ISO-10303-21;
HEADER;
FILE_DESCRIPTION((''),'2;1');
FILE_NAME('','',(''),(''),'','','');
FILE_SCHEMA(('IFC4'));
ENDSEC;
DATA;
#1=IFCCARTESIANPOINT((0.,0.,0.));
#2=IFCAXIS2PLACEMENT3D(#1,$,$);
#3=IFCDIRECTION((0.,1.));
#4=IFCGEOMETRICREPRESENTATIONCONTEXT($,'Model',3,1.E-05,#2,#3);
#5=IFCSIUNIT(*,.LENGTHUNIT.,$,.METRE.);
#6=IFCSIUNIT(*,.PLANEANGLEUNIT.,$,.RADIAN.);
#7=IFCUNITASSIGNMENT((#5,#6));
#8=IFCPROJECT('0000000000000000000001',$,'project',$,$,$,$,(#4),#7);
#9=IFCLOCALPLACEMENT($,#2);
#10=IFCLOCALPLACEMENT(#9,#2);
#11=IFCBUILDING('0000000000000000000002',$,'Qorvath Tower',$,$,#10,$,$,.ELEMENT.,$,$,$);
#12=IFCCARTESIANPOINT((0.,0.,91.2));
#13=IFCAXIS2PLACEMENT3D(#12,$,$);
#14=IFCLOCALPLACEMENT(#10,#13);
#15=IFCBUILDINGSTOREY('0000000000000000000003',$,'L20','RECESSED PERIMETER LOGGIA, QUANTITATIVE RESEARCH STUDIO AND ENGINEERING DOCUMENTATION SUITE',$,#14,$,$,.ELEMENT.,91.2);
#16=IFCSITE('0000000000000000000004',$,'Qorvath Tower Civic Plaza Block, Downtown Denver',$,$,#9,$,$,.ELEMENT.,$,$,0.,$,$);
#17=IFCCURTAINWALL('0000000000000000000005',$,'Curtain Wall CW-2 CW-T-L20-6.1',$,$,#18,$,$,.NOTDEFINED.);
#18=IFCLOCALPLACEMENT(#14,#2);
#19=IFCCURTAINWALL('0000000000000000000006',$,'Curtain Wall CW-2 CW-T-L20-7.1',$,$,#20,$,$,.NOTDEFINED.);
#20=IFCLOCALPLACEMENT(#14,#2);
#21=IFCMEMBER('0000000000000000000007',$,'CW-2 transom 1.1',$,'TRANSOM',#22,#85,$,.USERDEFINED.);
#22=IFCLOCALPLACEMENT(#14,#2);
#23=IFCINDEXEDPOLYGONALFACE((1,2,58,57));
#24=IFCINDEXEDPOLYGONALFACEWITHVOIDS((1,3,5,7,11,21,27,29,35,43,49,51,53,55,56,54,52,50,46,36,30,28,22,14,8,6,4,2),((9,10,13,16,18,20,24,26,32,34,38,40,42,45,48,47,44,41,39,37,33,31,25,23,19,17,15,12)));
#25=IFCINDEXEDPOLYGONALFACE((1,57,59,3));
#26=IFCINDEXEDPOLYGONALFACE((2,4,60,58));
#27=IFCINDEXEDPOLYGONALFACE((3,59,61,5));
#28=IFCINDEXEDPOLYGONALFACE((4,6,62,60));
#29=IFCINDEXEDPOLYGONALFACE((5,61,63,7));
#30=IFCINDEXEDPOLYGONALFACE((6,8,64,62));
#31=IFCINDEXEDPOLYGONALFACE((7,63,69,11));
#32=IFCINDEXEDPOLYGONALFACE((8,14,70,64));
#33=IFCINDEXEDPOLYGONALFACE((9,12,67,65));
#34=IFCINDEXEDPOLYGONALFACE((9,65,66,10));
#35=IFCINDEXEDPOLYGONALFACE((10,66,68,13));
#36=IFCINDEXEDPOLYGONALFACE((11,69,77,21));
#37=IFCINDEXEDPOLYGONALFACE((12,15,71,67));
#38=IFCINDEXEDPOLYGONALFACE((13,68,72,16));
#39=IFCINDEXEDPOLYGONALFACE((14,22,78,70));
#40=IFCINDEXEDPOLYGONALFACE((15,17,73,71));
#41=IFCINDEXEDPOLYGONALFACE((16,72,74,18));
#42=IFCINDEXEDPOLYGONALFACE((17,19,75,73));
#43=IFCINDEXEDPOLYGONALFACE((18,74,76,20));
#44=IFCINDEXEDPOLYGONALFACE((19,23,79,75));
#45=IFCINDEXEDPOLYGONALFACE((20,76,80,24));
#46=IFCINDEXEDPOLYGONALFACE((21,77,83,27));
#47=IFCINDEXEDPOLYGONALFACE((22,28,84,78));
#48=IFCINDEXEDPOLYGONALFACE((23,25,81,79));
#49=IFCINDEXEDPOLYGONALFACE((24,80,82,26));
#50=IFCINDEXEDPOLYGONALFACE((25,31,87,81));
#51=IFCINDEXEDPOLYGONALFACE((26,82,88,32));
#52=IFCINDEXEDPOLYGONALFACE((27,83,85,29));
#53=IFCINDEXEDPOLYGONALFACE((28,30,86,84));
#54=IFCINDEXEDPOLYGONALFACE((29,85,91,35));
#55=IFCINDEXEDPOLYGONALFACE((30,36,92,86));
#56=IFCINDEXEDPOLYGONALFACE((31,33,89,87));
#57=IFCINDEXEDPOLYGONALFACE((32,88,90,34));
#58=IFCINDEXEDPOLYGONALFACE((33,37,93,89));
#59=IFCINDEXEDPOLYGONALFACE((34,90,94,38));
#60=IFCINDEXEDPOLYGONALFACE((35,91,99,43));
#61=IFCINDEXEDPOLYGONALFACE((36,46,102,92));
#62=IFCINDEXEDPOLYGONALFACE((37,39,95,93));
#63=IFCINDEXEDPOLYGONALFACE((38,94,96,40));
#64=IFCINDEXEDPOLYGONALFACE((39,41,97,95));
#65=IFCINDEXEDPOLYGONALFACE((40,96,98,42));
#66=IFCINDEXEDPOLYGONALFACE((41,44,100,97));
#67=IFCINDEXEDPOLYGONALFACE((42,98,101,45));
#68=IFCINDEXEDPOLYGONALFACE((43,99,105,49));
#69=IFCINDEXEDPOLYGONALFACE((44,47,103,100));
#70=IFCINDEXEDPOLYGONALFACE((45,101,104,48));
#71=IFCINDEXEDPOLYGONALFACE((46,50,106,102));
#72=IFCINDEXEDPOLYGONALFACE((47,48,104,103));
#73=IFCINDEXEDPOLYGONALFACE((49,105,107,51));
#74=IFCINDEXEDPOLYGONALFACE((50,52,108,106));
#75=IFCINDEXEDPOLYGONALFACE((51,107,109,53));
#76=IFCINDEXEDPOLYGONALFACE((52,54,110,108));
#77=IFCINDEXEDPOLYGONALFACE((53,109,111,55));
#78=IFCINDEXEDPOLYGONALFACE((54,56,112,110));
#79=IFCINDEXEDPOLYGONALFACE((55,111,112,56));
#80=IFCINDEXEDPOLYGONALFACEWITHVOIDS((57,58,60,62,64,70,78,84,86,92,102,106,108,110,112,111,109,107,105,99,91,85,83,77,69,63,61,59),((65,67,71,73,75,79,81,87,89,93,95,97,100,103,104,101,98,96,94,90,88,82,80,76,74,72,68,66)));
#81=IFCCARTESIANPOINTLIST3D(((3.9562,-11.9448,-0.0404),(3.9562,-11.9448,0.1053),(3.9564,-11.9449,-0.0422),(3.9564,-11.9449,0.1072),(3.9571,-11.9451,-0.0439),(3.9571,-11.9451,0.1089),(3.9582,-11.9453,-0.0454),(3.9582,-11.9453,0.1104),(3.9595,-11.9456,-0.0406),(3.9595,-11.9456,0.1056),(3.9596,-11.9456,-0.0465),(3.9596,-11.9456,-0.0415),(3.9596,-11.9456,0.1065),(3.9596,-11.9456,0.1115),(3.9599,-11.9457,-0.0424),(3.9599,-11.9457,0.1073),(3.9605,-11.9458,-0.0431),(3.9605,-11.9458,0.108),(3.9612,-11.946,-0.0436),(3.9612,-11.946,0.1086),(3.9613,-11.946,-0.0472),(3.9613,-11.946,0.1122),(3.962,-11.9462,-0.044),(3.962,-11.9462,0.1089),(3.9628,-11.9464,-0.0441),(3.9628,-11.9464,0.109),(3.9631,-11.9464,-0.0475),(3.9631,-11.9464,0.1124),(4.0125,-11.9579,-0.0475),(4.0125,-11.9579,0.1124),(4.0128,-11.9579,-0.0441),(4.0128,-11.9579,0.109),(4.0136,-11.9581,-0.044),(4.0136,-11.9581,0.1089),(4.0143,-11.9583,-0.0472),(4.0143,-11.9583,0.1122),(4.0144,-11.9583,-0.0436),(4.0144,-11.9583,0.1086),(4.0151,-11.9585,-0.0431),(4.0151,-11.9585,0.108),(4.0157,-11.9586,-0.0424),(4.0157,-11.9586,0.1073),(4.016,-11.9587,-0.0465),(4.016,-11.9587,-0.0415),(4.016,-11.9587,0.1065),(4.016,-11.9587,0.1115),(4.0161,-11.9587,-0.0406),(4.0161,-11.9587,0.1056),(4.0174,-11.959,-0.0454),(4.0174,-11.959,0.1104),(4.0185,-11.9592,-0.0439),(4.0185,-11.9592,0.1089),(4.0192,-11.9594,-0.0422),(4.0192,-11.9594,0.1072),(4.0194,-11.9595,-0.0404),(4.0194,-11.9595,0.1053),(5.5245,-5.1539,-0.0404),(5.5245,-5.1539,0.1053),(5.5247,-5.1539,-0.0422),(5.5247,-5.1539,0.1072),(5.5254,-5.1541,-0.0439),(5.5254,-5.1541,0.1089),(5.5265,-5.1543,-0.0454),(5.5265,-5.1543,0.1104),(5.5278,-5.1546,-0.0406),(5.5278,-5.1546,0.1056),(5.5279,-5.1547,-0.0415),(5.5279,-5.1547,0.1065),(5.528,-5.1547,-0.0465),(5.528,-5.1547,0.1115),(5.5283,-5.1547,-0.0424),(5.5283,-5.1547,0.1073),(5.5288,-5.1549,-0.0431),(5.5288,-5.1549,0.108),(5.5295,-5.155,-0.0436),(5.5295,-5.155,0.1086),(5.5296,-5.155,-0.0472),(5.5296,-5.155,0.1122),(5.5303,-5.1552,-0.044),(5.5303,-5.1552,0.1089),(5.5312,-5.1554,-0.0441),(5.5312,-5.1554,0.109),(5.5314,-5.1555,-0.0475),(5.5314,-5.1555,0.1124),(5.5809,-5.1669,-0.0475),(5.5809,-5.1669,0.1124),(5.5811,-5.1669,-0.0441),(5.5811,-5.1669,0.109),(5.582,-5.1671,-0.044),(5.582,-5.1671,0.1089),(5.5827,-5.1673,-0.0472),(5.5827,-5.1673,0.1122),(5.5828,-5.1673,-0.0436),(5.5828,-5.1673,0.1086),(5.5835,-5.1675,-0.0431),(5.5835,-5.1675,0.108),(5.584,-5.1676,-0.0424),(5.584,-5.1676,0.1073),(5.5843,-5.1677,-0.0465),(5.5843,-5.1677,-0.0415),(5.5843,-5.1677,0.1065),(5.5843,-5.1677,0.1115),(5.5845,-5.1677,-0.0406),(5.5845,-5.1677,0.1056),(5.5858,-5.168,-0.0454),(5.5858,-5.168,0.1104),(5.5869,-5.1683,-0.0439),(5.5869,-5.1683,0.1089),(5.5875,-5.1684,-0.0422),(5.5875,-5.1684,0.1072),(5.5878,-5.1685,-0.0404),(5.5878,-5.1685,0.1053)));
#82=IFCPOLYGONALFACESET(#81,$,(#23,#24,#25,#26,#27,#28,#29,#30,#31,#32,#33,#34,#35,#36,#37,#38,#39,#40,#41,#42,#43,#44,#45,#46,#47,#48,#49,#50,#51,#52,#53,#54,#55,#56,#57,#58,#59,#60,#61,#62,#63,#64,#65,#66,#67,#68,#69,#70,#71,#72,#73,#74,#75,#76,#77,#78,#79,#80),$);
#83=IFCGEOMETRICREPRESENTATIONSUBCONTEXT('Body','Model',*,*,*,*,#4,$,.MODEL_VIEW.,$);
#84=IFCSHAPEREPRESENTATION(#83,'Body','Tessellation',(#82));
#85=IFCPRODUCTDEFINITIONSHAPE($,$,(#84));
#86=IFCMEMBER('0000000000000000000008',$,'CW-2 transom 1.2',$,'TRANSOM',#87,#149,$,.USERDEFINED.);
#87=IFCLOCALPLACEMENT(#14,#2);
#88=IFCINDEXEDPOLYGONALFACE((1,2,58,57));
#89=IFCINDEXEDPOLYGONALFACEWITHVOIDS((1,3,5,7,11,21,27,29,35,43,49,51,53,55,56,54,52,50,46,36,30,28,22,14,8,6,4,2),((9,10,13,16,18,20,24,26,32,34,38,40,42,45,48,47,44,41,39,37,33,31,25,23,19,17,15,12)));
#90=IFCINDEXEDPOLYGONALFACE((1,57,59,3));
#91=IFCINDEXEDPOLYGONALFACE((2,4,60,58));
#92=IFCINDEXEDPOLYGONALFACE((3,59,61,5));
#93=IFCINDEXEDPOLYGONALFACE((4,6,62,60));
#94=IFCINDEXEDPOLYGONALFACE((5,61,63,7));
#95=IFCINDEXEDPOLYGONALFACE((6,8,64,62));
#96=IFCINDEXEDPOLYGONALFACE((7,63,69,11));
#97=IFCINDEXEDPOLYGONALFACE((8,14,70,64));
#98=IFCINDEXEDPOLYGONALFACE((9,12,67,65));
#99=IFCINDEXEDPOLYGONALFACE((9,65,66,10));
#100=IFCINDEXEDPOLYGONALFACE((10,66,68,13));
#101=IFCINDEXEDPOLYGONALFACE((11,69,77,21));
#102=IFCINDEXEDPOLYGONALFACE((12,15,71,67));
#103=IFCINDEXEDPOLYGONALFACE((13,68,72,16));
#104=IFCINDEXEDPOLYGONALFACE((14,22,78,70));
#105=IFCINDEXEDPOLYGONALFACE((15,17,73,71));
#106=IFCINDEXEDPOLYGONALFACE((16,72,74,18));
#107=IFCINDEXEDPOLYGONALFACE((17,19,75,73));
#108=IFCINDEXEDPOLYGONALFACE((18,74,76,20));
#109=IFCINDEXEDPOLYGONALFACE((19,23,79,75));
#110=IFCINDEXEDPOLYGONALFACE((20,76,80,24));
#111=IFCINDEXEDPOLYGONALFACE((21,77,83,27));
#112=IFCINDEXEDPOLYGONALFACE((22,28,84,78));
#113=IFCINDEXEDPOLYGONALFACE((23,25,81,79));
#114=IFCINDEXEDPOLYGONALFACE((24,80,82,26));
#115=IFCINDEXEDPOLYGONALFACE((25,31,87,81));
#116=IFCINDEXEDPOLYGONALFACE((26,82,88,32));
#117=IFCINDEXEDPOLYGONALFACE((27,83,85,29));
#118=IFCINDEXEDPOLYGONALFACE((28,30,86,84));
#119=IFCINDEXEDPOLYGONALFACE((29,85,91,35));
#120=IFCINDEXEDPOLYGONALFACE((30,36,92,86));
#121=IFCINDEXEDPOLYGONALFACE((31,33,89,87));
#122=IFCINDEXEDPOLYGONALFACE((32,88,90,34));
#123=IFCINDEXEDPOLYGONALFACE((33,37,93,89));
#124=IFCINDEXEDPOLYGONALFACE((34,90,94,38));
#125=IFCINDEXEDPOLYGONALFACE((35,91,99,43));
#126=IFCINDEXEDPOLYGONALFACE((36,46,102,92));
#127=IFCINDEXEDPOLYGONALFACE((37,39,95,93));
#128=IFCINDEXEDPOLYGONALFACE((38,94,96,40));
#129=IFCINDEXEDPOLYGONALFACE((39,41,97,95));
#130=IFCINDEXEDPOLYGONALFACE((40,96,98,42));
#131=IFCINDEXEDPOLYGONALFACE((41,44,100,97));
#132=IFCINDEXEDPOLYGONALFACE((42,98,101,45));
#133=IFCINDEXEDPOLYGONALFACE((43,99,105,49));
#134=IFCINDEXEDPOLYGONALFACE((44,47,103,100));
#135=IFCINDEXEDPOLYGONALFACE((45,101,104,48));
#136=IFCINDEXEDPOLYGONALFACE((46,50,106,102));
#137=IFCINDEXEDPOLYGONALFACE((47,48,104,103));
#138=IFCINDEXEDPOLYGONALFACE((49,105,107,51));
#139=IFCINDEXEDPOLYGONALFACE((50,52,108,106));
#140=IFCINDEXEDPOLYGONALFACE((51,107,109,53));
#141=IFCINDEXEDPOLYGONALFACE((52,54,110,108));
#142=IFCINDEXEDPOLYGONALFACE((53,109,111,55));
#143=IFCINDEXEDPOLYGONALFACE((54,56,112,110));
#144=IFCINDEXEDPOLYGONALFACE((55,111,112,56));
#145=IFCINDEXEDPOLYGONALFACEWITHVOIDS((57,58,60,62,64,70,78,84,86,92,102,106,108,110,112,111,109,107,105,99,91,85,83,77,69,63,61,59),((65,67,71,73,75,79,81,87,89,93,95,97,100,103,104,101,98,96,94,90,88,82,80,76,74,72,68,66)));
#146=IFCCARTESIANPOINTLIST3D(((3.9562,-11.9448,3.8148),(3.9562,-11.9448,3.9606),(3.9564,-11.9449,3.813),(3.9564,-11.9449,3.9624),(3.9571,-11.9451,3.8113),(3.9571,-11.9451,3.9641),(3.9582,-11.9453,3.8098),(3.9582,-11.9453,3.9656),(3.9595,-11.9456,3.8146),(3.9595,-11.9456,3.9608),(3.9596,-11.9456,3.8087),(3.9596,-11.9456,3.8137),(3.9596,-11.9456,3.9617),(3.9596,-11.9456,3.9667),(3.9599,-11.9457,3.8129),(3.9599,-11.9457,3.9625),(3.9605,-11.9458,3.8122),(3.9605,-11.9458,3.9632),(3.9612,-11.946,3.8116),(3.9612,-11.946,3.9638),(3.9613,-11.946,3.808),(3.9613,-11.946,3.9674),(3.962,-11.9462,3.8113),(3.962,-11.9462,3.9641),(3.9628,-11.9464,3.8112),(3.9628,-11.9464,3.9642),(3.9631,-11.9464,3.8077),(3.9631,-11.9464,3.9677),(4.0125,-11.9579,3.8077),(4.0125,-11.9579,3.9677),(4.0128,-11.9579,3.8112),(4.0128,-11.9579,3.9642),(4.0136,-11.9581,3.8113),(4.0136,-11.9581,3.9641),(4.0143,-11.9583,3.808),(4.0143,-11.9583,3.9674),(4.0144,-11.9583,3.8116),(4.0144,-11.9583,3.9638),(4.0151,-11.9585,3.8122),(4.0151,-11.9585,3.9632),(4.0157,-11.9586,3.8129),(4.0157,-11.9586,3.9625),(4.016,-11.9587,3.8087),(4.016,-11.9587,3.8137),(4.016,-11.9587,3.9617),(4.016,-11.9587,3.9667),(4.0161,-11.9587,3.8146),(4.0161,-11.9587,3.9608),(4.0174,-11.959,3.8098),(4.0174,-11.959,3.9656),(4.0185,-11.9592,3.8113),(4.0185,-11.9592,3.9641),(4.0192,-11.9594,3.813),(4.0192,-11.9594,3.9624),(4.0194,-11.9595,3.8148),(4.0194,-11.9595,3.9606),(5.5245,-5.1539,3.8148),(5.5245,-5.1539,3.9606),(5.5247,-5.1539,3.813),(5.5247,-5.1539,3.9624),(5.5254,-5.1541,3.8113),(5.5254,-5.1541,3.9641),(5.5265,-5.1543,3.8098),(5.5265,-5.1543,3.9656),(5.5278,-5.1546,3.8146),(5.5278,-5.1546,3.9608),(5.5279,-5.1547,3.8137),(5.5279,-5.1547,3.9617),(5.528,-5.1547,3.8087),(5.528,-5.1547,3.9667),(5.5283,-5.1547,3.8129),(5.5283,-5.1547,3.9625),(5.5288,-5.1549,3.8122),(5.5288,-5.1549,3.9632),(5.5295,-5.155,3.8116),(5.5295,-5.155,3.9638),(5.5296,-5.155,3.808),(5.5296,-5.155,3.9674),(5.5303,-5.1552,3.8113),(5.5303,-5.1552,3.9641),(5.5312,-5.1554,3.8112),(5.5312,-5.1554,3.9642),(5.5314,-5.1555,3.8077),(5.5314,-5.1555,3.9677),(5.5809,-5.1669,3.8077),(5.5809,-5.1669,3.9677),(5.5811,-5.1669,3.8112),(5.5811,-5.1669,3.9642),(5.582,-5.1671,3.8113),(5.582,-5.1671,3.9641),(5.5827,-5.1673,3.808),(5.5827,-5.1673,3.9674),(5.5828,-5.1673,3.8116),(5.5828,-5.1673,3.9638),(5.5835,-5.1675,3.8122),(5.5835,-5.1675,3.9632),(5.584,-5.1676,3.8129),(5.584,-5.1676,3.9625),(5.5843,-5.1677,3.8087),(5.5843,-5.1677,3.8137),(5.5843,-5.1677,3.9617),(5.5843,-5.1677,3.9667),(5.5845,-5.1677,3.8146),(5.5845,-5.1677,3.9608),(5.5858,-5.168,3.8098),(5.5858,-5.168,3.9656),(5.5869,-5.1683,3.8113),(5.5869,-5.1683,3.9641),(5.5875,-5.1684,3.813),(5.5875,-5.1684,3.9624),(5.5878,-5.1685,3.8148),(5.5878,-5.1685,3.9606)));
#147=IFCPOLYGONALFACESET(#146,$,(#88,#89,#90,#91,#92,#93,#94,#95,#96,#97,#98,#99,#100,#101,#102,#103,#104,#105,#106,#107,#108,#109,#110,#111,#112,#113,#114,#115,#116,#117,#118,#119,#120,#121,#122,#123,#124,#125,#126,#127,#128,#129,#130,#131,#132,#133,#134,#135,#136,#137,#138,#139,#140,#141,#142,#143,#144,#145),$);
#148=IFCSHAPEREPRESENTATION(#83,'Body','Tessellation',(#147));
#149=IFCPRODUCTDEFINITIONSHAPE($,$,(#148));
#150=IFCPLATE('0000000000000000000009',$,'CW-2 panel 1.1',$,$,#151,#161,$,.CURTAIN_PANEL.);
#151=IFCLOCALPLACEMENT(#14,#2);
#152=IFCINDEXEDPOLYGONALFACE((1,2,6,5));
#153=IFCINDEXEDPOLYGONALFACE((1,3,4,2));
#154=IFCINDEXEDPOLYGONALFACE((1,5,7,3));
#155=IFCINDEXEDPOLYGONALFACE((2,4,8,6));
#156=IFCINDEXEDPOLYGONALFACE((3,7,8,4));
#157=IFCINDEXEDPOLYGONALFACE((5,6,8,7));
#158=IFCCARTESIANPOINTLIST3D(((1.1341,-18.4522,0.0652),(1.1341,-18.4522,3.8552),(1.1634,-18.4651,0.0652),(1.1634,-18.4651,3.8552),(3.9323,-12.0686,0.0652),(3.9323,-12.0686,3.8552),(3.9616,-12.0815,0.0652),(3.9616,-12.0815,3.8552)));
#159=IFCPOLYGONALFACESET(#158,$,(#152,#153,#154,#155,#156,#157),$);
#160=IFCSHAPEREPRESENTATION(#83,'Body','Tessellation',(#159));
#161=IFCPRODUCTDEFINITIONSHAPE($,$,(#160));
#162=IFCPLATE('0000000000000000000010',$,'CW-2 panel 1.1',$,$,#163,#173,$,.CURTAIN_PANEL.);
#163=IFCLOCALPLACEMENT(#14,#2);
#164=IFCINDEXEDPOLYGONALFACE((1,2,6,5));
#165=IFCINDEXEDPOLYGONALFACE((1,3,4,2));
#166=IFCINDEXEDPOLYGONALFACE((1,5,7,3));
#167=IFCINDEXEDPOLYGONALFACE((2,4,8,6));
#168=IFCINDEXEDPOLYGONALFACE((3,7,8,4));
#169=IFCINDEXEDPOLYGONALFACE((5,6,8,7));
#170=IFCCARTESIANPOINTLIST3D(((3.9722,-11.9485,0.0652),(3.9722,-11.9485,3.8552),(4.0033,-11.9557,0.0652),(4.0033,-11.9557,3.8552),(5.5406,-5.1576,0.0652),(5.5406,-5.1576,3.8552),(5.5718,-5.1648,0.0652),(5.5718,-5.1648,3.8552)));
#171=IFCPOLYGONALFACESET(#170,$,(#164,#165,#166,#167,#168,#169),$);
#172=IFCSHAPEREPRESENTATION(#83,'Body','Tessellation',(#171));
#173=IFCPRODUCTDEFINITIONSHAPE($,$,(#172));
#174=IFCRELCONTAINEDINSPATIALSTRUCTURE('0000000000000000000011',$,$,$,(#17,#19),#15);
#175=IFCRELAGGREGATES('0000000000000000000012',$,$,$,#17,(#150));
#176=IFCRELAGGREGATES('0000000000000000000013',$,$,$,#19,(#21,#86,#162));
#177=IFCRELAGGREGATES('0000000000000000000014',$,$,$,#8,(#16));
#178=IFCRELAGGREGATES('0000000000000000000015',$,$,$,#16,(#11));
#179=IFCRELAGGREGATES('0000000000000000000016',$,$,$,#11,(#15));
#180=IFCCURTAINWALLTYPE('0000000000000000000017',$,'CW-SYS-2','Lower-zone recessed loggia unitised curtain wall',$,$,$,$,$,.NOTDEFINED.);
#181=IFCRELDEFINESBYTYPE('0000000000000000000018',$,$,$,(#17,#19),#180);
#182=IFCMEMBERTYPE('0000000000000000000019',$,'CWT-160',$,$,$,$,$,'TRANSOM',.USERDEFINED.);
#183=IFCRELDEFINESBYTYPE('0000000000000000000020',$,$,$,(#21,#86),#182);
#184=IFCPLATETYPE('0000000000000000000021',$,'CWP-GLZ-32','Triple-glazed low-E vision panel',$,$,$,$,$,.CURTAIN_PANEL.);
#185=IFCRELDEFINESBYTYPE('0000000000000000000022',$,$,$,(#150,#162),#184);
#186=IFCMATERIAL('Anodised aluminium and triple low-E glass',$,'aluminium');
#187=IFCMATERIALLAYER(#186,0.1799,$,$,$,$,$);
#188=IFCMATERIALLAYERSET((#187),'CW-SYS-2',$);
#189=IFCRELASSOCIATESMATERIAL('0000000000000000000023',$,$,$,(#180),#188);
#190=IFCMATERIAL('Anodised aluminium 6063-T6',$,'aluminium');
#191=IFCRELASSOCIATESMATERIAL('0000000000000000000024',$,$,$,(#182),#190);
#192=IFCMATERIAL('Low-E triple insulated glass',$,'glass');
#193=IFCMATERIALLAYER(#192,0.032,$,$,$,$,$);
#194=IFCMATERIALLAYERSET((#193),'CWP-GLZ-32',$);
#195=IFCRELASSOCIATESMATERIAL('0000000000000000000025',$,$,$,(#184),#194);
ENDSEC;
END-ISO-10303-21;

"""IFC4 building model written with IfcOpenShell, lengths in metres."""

from ifc_helpers import new_model, si_unit, direction, frame, origin, origin_2d, place, context, subcontext, project, spatial, rectangle, hollow_rectangle, extrude, material, layer, layer_set, material_profile, profile_set, type_object, element, aggregate, save


model = new_model("IFC4")

# Units and contexts
model_context = context("Model", 3, precision=1e-05, world=origin(), true_north=direction((0.0, 1.0)))
body_context = subcontext(model_context, "Body", "Model", "MODEL_VIEW")
ifc_project = project(units=[si_unit("LENGTHUNIT", "METRE"), si_unit("PLANEANGLEUNIT", "RADIAN")], contexts=[model_context])

# Site, building, storey
site_placement = place(None, origin())
site = spatial("IfcSite", under=ifc_project, at=site_placement, Name="Qorvath Tower Civic Plaza Block, Downtown Denver", CompositionType="ELEMENT", RefElevation=0.0)
building_placement = place(site_placement, origin())
building = spatial("IfcBuilding", under=site, at=building_placement, Name="Qorvath Tower", CompositionType="ELEMENT")
storey_placement = place(building_placement, frame((0.0, 0.0, 91.2)))
storey = spatial("IfcBuildingStorey", under=building, at=storey_placement, Name="L20", Description="RECESSED PERIMETER LOGGIA, QUANTITATIVE RESEARCH STUDIO AND ENGINEERING DOCUMENTATION SUITE", CompositionType="ELEMENT", Elevation=91.2)

# Shared definitions
ifc_material_1 = material(Name="Anodised aluminium and triple low-E glass", Category="aluminium")
ifc_layer_1 = layer(ifc_material_1, 0.1799)
ifc_layer_set_1 = layer_set([ifc_layer_1], Name="CW-SYS-2")
curtain_wall_type = type_object("IfcCurtainWallType", Name="CW-SYS-2", Description="Lower-zone recessed loggia unitised curtain wall", PredefinedType="NOTDEFINED", material=ifc_layer_set_1)

# Curtain walls
curtain_wall_1_placement = place(storey_placement, origin())
curtain_wall_1 = element("IfcCurtainWall", 1, at=curtain_wall_1_placement, inside=storey, type_object=curtain_wall_type, Name="Curtain Wall CW-2 CW-T-L20-6.1", PredefinedType="NOTDEFINED")
curtain_wall_2_placement = place(storey_placement, origin())
curtain_wall_2 = element("IfcCurtainWall", 2, at=curtain_wall_2_placement, inside=storey, type_object=curtain_wall_type, Name="Curtain Wall CW-2 CW-T-L20-7.1", PredefinedType="NOTDEFINED")

# Members
ifc_material_2 = material(Name="Anodised aluminium 6063-T6", Category="aluminium")
ifc_material_profile_1 = material_profile(ifc_material_2, hollow_rectangle(XDim=0.0649, YDim=0.1599, WallThickness=0.0034, InnerFilletRadius=0.0034, OuterFilletRadius=0.0071, at=origin_2d()), Name="CWT 160x65")
ifc_profile_set_1 = profile_set([ifc_material_profile_1], Name="Anodised aluminium 6063-T6")
member_type_1 = type_object("IfcMemberType", Name="CWT-160", ElementType="TRANSOM", PredefinedType="USERDEFINED", material=ifc_profile_set_1)
member_1_placement = place(storey_placement, frame((3.9878, -11.9521, 0.0325), z_axis=(0.225023, 0.974353, 0.0), x_axis=(-0.974353, 0.225023, 0.0)))
member_1 = element("IfcMember", 3, at=member_1_placement, type_object=member_type_1, Name="CW-2 transom 1.1", ObjectType="TRANSOM", PredefinedType="USERDEFINED", context=body_context, shape_type="SweptSolid", body=[
    extrude(hollow_rectangle(XDim=0.0649, YDim=0.1599, WallThickness=0.0034, InnerFilletRadius=0.0034, OuterFilletRadius=0.0071, at=origin_2d()), origin(), (0.0, 0.0, 1.0), 6.9697),
])
member_2_placement = place(storey_placement, frame((3.9878, -11.9521, 3.8877), z_axis=(0.225023, 0.974353, 0.0), x_axis=(-0.974353, 0.225023, 0.0)))
member_2 = element("IfcMember", 4, at=member_2_placement, type_object=member_type_1, Name="CW-2 transom 1.2", ObjectType="TRANSOM", PredefinedType="USERDEFINED", context=body_context, shape_type="SweptSolid", body=[
    extrude(hollow_rectangle(XDim=0.0649, YDim=0.1599, WallThickness=0.0034, InnerFilletRadius=0.0034, OuterFilletRadius=0.0071, at=origin_2d()), origin(), (0.0, 0.0, 1.0), 6.9697),
])

# Plates
ifc_material_3 = material(Name="Low-E triple insulated glass", Category="glass")
ifc_layer_2 = layer(ifc_material_3, 0.032)
ifc_layer_set_2 = layer_set([ifc_layer_2], Name="CWP-GLZ-32")
plate_type = type_object("IfcPlateType", Name="CWP-GLZ-32", Description="Triple-glazed low-E vision panel", PredefinedType="CURTAIN_PANEL", material=ifc_layer_set_2)
plate_1_placement = place(storey_placement, frame((2.5479, -15.2668, 0.0652), z_axis=(0.0, 0.0, 1.0), x_axis=(0.401477, 0.915869, 0.0)))
plate_1 = element("IfcPlate", 5, at=plate_1_placement, type_object=plate_type, Name="CW-2 panel 1.1", PredefinedType="CURTAIN_PANEL", context=body_context, shape_type="SweptSolid", body=[
    extrude(rectangle(XDim=6.97, YDim=0.032, at=origin_2d()), origin(), (0.0, 0.0, 1.0), 3.79),
])
aggregate(curtain_wall_1, [plate_1])
plate_2_placement = place(storey_placement, frame((4.772, -8.5566, 0.0652), z_axis=(0.0, 0.0, 1.0), x_axis=(0.225034, 0.974351, 0.0)))
plate_2 = element("IfcPlate", 6, at=plate_2_placement, type_object=plate_type, Name="CW-2 panel 1.1", PredefinedType="CURTAIN_PANEL", context=body_context, shape_type="SweptSolid", body=[
    extrude(rectangle(XDim=6.9697, YDim=0.032, at=origin_2d()), origin(), (0.0, 0.0, 1.0), 3.79),
])
aggregate(curtain_wall_2, [member_1, member_2, plate_2])

save(model, "model.ifc")
